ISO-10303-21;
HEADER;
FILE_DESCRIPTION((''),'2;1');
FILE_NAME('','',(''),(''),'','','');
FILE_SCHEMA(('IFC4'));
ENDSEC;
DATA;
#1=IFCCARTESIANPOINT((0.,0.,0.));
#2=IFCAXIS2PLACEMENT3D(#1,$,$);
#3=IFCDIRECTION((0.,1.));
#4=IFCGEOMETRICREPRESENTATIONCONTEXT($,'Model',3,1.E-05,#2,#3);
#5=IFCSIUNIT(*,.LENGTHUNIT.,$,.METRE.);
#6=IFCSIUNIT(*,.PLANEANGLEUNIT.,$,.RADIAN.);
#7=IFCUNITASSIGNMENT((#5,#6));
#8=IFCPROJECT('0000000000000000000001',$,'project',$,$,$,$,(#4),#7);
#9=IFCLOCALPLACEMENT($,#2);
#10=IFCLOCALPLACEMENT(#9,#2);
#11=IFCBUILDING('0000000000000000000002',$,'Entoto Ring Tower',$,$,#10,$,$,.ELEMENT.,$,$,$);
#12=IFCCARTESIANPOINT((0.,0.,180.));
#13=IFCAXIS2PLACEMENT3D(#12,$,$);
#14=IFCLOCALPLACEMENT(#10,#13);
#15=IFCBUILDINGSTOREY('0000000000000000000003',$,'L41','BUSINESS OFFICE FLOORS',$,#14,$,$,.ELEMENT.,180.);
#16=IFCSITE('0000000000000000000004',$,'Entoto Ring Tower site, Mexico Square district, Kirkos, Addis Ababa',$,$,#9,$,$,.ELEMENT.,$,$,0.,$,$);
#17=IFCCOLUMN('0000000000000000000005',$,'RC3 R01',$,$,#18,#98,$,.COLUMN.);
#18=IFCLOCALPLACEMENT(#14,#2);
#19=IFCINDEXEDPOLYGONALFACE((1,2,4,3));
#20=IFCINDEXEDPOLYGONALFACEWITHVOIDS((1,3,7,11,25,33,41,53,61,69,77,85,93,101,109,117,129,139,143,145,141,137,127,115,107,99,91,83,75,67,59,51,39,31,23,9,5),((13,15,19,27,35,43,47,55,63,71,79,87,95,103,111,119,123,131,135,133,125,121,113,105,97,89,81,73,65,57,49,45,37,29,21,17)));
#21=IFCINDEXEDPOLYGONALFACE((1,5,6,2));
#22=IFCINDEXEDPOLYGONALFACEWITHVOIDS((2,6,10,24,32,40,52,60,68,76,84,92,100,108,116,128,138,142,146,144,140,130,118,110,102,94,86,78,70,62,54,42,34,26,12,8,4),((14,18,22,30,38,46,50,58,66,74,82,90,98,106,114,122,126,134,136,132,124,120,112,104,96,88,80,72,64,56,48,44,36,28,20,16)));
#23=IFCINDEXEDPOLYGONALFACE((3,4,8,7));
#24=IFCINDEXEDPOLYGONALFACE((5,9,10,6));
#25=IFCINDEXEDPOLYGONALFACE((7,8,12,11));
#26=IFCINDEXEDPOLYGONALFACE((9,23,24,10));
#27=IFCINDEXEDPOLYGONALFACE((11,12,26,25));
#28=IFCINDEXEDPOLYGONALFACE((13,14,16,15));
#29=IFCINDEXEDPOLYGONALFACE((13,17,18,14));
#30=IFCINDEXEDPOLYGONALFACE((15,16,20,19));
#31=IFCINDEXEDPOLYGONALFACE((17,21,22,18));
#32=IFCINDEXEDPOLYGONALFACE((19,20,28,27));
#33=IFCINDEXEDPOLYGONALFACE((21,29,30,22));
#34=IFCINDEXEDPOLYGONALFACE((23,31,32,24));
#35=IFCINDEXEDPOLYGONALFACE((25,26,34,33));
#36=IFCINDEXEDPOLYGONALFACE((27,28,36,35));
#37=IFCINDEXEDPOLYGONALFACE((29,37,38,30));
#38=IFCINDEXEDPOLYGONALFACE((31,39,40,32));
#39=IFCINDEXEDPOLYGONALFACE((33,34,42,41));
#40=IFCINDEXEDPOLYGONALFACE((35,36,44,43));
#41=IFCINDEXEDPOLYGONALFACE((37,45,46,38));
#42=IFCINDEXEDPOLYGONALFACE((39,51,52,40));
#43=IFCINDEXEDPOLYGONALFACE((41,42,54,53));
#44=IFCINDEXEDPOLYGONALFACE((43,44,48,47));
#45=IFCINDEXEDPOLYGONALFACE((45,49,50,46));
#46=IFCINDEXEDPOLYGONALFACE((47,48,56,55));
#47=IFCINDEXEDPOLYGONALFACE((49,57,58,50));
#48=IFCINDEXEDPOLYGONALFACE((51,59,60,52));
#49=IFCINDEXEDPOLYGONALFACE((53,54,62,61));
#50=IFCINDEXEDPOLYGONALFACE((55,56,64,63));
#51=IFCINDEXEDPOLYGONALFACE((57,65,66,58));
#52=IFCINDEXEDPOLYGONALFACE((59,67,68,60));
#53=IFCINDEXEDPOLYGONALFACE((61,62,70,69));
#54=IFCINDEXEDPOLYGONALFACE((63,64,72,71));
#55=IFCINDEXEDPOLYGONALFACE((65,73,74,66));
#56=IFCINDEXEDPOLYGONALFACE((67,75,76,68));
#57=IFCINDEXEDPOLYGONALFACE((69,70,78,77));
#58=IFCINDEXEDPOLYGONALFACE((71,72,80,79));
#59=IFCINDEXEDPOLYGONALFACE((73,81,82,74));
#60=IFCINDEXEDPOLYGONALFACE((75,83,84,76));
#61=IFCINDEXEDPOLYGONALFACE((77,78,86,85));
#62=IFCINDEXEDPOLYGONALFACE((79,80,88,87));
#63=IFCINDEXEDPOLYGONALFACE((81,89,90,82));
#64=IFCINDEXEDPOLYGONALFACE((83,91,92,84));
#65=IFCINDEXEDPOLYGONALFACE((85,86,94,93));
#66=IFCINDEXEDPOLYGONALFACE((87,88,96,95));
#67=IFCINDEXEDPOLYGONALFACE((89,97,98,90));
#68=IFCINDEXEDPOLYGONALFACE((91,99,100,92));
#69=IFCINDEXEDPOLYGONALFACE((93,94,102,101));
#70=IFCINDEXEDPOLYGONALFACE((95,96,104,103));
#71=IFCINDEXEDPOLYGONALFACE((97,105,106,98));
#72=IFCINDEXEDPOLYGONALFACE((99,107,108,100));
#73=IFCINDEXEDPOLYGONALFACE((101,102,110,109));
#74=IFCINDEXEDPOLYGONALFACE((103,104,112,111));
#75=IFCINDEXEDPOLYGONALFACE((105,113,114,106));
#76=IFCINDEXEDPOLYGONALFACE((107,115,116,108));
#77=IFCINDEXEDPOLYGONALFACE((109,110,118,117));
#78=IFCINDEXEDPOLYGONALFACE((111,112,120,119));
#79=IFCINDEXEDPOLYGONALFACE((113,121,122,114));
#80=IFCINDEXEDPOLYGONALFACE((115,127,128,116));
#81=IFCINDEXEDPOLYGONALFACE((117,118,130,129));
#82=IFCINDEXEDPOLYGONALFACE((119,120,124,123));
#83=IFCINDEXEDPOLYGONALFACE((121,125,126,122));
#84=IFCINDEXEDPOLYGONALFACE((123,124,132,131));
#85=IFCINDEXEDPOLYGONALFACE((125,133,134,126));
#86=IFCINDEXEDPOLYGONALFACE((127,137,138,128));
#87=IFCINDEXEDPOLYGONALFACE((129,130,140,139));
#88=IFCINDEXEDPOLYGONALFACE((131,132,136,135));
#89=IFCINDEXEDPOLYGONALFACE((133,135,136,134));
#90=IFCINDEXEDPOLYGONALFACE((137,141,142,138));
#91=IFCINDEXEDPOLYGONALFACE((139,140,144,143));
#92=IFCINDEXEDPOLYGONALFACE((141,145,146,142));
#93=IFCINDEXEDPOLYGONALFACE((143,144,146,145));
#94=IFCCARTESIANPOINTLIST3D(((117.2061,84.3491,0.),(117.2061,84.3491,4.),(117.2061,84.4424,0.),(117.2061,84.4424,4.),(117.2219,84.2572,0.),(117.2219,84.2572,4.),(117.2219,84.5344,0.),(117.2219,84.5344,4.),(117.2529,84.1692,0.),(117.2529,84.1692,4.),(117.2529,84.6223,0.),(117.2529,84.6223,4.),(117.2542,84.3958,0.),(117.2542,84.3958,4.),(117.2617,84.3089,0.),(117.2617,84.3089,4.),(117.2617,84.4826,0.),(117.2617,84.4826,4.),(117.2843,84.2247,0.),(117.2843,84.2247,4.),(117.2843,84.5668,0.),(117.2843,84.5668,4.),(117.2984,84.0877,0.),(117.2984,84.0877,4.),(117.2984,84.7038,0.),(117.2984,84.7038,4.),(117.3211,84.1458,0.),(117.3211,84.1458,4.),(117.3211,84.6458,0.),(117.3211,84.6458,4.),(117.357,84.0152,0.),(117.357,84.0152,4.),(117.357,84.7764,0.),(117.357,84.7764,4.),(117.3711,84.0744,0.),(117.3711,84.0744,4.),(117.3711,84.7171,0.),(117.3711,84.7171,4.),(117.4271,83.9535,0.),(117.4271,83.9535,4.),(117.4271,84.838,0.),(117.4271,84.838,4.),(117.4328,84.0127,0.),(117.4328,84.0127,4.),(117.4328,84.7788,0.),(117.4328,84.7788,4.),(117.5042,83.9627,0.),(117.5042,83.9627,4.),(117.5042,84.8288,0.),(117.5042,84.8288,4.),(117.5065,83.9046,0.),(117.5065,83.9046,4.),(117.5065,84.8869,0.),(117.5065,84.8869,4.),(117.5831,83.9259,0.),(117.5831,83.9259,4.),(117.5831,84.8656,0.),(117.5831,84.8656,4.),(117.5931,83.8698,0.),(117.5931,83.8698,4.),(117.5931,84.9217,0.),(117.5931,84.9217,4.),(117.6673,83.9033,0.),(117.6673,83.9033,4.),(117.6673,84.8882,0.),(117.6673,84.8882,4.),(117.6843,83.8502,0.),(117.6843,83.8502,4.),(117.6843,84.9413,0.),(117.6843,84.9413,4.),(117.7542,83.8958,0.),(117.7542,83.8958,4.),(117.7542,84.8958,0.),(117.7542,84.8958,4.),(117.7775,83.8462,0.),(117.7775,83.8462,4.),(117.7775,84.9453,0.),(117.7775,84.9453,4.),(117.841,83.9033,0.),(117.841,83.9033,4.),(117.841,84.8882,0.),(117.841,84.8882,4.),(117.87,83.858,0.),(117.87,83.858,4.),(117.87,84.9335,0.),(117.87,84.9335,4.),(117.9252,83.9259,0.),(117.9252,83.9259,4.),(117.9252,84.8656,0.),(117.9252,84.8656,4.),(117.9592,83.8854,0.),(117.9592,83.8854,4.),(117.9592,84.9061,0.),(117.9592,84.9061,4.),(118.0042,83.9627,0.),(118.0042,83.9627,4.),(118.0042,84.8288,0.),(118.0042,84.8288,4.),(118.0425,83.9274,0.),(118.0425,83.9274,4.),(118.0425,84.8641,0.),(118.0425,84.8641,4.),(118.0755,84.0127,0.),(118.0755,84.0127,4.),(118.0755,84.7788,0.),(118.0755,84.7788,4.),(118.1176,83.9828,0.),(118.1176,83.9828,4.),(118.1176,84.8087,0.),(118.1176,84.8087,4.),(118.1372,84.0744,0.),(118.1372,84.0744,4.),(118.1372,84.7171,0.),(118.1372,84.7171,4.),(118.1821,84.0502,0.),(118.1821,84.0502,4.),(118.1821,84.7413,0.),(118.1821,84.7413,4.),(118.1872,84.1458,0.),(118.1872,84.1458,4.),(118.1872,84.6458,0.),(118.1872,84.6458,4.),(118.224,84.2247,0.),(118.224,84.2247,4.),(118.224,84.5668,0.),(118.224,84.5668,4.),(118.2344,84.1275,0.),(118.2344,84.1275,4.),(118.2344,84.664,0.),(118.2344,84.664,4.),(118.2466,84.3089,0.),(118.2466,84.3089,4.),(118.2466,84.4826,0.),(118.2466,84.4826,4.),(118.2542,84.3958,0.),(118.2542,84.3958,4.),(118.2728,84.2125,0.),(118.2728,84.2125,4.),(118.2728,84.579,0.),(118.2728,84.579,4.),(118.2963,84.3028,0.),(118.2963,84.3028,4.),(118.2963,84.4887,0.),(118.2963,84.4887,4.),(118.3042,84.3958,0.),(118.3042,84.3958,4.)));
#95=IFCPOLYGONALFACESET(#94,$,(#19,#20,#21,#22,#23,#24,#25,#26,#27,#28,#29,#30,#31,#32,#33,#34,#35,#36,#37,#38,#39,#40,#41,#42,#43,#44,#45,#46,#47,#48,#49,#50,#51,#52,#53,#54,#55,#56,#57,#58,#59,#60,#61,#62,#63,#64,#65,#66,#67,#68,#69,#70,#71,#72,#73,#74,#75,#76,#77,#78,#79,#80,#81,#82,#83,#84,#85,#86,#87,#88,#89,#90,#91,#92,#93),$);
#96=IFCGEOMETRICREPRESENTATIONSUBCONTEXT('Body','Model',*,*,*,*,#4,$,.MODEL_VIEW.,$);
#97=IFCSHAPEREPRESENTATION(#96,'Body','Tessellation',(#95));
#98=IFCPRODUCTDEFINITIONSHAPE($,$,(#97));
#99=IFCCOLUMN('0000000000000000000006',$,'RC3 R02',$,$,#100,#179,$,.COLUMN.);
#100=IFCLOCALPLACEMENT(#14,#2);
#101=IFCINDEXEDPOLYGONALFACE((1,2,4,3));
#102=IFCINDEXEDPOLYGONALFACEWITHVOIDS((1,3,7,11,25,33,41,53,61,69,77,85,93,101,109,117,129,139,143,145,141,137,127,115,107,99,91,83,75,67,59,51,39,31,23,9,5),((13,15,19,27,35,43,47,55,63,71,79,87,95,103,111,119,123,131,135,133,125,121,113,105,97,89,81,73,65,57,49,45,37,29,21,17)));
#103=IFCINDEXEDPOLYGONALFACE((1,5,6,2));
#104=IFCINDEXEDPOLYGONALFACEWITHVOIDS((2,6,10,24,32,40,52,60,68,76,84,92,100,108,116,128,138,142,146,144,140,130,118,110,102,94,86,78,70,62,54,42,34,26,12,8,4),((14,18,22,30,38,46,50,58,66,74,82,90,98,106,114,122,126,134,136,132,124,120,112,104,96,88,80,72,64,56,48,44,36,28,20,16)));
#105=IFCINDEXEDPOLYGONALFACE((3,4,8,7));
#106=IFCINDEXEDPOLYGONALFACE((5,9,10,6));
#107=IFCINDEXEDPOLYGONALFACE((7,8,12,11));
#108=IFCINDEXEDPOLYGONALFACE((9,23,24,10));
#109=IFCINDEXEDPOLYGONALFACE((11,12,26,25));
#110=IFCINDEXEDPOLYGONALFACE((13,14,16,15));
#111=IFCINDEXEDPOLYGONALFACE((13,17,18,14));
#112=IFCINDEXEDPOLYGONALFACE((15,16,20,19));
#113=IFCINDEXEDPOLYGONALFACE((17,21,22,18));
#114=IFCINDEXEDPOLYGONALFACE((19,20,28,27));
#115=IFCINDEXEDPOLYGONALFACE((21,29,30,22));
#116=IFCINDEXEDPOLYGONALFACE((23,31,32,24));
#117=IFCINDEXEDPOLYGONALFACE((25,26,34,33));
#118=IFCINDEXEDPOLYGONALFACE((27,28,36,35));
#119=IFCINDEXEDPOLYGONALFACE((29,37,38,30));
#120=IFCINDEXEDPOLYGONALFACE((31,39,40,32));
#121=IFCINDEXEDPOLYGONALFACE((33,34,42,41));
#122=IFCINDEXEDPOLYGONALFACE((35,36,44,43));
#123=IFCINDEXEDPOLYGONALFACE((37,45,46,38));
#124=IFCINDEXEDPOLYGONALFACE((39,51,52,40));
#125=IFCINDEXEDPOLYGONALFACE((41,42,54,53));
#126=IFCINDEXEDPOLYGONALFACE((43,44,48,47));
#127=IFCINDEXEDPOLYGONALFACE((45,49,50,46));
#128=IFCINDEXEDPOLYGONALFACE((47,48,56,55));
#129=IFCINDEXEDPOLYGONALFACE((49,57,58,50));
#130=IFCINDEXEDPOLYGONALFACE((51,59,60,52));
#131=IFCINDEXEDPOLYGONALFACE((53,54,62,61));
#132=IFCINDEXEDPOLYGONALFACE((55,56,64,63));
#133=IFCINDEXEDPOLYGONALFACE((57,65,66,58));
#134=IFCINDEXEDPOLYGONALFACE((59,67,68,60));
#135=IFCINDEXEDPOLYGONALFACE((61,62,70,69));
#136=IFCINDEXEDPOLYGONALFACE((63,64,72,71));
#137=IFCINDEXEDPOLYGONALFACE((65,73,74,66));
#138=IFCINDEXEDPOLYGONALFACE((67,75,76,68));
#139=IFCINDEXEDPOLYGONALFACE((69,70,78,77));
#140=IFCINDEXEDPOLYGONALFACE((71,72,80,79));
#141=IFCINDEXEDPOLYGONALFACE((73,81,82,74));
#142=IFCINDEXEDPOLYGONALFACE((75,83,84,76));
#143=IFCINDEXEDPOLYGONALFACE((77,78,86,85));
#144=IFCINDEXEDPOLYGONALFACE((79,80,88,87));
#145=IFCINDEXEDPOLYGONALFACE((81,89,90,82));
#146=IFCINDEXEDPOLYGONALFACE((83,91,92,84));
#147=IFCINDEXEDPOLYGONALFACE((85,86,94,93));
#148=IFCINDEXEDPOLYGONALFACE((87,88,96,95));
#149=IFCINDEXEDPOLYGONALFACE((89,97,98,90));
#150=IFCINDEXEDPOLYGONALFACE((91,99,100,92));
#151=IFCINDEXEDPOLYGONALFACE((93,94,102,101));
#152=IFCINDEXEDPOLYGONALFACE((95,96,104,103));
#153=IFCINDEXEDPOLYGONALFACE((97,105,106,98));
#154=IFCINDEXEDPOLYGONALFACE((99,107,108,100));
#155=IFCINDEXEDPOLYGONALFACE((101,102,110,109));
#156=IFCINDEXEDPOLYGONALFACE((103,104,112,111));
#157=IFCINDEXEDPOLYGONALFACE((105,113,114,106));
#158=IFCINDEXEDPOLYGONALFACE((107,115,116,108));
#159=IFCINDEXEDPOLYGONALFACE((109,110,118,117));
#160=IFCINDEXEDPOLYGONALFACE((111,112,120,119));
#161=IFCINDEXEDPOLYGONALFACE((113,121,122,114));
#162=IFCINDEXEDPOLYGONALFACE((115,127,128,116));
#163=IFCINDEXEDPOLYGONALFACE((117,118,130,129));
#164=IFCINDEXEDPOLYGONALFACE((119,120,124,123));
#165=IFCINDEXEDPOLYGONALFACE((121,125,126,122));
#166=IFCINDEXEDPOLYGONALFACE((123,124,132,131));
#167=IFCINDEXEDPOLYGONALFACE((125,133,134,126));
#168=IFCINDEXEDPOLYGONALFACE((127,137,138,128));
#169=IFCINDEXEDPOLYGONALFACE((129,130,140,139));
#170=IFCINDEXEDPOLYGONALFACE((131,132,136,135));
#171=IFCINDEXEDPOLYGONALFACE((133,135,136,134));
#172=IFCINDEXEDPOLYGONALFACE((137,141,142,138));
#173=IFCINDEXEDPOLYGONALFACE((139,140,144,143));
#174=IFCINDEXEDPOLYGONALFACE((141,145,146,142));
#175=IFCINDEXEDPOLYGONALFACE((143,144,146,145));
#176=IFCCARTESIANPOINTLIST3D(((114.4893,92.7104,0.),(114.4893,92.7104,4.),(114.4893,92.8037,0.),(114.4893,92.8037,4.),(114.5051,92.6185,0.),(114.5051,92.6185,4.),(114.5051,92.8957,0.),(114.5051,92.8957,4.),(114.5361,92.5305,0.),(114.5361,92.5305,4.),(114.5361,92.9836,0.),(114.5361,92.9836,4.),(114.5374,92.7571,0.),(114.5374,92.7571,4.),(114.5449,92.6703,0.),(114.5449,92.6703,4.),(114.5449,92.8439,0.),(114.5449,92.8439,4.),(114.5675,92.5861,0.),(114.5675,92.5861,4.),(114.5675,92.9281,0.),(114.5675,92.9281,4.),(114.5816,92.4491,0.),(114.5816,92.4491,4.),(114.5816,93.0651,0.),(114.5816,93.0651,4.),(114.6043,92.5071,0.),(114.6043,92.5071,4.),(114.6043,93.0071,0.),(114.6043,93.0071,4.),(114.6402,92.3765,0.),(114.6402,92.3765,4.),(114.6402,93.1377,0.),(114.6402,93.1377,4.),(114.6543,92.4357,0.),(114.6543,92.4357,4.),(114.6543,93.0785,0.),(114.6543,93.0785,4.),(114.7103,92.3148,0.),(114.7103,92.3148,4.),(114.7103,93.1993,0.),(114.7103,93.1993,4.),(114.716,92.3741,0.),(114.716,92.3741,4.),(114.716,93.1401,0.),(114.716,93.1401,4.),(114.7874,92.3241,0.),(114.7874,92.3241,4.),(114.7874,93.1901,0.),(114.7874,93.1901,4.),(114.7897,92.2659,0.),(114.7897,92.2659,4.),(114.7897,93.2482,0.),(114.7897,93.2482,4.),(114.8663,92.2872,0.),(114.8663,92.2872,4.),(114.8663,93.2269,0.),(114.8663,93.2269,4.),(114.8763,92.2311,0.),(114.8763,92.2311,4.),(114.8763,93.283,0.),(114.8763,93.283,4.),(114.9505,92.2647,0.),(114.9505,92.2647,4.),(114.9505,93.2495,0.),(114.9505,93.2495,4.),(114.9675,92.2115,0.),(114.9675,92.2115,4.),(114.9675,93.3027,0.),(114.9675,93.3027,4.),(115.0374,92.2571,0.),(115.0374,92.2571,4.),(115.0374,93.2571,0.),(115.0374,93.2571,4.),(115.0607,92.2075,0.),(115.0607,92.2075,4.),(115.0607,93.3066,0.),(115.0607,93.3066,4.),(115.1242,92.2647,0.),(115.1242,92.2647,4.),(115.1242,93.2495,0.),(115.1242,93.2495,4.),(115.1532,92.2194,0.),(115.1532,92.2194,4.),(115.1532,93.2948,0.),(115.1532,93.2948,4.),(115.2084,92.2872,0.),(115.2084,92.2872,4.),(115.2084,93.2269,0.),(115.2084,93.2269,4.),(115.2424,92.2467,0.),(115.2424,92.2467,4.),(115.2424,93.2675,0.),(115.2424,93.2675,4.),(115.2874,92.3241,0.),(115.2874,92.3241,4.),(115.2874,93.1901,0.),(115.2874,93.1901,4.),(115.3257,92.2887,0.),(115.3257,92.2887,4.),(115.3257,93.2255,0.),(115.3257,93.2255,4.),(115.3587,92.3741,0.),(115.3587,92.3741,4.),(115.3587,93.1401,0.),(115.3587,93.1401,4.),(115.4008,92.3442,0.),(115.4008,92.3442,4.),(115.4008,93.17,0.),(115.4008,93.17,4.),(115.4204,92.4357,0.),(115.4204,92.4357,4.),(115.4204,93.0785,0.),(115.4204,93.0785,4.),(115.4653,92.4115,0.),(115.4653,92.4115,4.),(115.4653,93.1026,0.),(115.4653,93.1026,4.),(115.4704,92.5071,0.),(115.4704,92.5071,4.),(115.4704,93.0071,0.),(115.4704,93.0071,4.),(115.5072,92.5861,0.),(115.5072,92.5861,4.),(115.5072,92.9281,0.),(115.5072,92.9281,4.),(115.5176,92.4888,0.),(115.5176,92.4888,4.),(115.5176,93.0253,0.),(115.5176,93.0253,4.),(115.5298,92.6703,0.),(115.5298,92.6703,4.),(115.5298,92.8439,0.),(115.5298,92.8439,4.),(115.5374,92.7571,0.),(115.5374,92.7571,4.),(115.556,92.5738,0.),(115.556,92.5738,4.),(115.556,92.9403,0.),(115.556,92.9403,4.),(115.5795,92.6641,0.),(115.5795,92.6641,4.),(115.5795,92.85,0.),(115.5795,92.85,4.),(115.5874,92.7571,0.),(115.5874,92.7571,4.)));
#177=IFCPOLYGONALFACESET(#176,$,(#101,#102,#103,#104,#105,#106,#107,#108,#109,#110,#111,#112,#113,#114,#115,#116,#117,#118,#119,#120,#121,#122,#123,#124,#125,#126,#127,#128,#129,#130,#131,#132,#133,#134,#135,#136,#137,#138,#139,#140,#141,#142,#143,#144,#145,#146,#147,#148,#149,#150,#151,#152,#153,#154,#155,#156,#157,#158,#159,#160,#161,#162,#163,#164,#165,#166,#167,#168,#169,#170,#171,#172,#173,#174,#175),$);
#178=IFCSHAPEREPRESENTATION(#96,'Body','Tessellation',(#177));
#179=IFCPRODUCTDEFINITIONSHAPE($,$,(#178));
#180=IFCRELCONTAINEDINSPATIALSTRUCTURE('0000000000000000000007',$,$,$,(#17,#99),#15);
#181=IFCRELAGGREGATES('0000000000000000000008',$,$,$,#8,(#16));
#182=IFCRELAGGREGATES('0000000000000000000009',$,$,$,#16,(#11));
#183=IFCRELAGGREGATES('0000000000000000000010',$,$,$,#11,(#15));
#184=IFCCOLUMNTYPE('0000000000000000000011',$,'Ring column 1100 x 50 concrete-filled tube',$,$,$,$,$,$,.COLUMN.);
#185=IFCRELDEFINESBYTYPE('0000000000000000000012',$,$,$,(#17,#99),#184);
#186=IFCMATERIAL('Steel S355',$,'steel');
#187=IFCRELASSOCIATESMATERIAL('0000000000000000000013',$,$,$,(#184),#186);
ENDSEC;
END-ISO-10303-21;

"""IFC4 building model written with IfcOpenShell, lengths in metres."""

from ifc_helpers import new_model, si_unit, direction, frame, origin, origin_2d, place, context, subcontext, project, spatial, circle, hollow_circle, extrude, material, material_profile, profile_set, type_object, element, save


model = new_model("IFC4")

# Units and contexts
model_context = context("Model", 3, precision=1e-05, world=origin(), true_north=direction((0.0, 1.0)))
body_context = subcontext(model_context, "Body", "Model", "MODEL_VIEW")
ifc_project = project(units=[si_unit("LENGTHUNIT", "METRE"), si_unit("PLANEANGLEUNIT", "RADIAN")], contexts=[model_context])

# Site, building, storey
site_placement = place(None, origin())
site = spatial("IfcSite", under=ifc_project, at=site_placement, Name="Entoto Ring Tower site, Mexico Square district, Kirkos, Addis Ababa", CompositionType="ELEMENT", RefElevation=0.0)
building_placement = place(site_placement, origin())
building = spatial("IfcBuilding", under=site, at=building_placement, Name="Entoto Ring Tower", CompositionType="ELEMENT")
storey_placement = place(building_placement, frame((0.0, 0.0, 180.0)))
storey = spatial("IfcBuildingStorey", under=building, at=storey_placement, Name="L41", Description="BUSINESS OFFICE FLOORS", CompositionType="ELEMENT", Elevation=180.0)

# Columns
ifc_material_1 = material(Name="Steel S355", Category="steel")
ifc_material_profile_1 = material_profile(ifc_material_1, hollow_circle(Radius=0.55, WallThickness=0.05, at=origin_2d()), Name="CHS 1100 x 50")
ifc_material_2 = material(Name="Concrete C60/75", Category="concrete")
ifc_material_profile_2 = material_profile(ifc_material_2, circle(Radius=0.5, at=origin_2d()), Name="Concrete C60/75 infill")
ifc_profile_set_1 = profile_set([ifc_material_profile_1, ifc_material_profile_2], Name="Steel S355")
column_type = type_object("IfcColumnType", Name="Ring column 1100 x 50 concrete-filled tube", PredefinedType="COLUMN", material=ifc_profile_set_1)
for number, where, z_axis, x_axis, name in (
    (1, (117.7542, 84.3958, 0.0), (0.0, 0.0, 1.0), (1.0, 0.0, 0.0), "RC3 R01"),
    (2, (115.0374, 92.7571, 0.0), (0.0, 0.0, 1.0), (1.0, 0.0, 0.0), "RC3 R02"),
):
    element("IfcColumn", number, at=place(storey_placement, frame(where, z_axis=z_axis, x_axis=x_axis)), inside=storey, type_object=column_type, Name=name, PredefinedType="COLUMN", context=body_context, shape_type="SweptSolid", body=[
        extrude(hollow_circle(Radius=0.55, WallThickness=0.05, at=origin_2d()), origin(), (0.0, 0.0, 1.0), 4.0),
    ])

save(model, "model.ifc")
